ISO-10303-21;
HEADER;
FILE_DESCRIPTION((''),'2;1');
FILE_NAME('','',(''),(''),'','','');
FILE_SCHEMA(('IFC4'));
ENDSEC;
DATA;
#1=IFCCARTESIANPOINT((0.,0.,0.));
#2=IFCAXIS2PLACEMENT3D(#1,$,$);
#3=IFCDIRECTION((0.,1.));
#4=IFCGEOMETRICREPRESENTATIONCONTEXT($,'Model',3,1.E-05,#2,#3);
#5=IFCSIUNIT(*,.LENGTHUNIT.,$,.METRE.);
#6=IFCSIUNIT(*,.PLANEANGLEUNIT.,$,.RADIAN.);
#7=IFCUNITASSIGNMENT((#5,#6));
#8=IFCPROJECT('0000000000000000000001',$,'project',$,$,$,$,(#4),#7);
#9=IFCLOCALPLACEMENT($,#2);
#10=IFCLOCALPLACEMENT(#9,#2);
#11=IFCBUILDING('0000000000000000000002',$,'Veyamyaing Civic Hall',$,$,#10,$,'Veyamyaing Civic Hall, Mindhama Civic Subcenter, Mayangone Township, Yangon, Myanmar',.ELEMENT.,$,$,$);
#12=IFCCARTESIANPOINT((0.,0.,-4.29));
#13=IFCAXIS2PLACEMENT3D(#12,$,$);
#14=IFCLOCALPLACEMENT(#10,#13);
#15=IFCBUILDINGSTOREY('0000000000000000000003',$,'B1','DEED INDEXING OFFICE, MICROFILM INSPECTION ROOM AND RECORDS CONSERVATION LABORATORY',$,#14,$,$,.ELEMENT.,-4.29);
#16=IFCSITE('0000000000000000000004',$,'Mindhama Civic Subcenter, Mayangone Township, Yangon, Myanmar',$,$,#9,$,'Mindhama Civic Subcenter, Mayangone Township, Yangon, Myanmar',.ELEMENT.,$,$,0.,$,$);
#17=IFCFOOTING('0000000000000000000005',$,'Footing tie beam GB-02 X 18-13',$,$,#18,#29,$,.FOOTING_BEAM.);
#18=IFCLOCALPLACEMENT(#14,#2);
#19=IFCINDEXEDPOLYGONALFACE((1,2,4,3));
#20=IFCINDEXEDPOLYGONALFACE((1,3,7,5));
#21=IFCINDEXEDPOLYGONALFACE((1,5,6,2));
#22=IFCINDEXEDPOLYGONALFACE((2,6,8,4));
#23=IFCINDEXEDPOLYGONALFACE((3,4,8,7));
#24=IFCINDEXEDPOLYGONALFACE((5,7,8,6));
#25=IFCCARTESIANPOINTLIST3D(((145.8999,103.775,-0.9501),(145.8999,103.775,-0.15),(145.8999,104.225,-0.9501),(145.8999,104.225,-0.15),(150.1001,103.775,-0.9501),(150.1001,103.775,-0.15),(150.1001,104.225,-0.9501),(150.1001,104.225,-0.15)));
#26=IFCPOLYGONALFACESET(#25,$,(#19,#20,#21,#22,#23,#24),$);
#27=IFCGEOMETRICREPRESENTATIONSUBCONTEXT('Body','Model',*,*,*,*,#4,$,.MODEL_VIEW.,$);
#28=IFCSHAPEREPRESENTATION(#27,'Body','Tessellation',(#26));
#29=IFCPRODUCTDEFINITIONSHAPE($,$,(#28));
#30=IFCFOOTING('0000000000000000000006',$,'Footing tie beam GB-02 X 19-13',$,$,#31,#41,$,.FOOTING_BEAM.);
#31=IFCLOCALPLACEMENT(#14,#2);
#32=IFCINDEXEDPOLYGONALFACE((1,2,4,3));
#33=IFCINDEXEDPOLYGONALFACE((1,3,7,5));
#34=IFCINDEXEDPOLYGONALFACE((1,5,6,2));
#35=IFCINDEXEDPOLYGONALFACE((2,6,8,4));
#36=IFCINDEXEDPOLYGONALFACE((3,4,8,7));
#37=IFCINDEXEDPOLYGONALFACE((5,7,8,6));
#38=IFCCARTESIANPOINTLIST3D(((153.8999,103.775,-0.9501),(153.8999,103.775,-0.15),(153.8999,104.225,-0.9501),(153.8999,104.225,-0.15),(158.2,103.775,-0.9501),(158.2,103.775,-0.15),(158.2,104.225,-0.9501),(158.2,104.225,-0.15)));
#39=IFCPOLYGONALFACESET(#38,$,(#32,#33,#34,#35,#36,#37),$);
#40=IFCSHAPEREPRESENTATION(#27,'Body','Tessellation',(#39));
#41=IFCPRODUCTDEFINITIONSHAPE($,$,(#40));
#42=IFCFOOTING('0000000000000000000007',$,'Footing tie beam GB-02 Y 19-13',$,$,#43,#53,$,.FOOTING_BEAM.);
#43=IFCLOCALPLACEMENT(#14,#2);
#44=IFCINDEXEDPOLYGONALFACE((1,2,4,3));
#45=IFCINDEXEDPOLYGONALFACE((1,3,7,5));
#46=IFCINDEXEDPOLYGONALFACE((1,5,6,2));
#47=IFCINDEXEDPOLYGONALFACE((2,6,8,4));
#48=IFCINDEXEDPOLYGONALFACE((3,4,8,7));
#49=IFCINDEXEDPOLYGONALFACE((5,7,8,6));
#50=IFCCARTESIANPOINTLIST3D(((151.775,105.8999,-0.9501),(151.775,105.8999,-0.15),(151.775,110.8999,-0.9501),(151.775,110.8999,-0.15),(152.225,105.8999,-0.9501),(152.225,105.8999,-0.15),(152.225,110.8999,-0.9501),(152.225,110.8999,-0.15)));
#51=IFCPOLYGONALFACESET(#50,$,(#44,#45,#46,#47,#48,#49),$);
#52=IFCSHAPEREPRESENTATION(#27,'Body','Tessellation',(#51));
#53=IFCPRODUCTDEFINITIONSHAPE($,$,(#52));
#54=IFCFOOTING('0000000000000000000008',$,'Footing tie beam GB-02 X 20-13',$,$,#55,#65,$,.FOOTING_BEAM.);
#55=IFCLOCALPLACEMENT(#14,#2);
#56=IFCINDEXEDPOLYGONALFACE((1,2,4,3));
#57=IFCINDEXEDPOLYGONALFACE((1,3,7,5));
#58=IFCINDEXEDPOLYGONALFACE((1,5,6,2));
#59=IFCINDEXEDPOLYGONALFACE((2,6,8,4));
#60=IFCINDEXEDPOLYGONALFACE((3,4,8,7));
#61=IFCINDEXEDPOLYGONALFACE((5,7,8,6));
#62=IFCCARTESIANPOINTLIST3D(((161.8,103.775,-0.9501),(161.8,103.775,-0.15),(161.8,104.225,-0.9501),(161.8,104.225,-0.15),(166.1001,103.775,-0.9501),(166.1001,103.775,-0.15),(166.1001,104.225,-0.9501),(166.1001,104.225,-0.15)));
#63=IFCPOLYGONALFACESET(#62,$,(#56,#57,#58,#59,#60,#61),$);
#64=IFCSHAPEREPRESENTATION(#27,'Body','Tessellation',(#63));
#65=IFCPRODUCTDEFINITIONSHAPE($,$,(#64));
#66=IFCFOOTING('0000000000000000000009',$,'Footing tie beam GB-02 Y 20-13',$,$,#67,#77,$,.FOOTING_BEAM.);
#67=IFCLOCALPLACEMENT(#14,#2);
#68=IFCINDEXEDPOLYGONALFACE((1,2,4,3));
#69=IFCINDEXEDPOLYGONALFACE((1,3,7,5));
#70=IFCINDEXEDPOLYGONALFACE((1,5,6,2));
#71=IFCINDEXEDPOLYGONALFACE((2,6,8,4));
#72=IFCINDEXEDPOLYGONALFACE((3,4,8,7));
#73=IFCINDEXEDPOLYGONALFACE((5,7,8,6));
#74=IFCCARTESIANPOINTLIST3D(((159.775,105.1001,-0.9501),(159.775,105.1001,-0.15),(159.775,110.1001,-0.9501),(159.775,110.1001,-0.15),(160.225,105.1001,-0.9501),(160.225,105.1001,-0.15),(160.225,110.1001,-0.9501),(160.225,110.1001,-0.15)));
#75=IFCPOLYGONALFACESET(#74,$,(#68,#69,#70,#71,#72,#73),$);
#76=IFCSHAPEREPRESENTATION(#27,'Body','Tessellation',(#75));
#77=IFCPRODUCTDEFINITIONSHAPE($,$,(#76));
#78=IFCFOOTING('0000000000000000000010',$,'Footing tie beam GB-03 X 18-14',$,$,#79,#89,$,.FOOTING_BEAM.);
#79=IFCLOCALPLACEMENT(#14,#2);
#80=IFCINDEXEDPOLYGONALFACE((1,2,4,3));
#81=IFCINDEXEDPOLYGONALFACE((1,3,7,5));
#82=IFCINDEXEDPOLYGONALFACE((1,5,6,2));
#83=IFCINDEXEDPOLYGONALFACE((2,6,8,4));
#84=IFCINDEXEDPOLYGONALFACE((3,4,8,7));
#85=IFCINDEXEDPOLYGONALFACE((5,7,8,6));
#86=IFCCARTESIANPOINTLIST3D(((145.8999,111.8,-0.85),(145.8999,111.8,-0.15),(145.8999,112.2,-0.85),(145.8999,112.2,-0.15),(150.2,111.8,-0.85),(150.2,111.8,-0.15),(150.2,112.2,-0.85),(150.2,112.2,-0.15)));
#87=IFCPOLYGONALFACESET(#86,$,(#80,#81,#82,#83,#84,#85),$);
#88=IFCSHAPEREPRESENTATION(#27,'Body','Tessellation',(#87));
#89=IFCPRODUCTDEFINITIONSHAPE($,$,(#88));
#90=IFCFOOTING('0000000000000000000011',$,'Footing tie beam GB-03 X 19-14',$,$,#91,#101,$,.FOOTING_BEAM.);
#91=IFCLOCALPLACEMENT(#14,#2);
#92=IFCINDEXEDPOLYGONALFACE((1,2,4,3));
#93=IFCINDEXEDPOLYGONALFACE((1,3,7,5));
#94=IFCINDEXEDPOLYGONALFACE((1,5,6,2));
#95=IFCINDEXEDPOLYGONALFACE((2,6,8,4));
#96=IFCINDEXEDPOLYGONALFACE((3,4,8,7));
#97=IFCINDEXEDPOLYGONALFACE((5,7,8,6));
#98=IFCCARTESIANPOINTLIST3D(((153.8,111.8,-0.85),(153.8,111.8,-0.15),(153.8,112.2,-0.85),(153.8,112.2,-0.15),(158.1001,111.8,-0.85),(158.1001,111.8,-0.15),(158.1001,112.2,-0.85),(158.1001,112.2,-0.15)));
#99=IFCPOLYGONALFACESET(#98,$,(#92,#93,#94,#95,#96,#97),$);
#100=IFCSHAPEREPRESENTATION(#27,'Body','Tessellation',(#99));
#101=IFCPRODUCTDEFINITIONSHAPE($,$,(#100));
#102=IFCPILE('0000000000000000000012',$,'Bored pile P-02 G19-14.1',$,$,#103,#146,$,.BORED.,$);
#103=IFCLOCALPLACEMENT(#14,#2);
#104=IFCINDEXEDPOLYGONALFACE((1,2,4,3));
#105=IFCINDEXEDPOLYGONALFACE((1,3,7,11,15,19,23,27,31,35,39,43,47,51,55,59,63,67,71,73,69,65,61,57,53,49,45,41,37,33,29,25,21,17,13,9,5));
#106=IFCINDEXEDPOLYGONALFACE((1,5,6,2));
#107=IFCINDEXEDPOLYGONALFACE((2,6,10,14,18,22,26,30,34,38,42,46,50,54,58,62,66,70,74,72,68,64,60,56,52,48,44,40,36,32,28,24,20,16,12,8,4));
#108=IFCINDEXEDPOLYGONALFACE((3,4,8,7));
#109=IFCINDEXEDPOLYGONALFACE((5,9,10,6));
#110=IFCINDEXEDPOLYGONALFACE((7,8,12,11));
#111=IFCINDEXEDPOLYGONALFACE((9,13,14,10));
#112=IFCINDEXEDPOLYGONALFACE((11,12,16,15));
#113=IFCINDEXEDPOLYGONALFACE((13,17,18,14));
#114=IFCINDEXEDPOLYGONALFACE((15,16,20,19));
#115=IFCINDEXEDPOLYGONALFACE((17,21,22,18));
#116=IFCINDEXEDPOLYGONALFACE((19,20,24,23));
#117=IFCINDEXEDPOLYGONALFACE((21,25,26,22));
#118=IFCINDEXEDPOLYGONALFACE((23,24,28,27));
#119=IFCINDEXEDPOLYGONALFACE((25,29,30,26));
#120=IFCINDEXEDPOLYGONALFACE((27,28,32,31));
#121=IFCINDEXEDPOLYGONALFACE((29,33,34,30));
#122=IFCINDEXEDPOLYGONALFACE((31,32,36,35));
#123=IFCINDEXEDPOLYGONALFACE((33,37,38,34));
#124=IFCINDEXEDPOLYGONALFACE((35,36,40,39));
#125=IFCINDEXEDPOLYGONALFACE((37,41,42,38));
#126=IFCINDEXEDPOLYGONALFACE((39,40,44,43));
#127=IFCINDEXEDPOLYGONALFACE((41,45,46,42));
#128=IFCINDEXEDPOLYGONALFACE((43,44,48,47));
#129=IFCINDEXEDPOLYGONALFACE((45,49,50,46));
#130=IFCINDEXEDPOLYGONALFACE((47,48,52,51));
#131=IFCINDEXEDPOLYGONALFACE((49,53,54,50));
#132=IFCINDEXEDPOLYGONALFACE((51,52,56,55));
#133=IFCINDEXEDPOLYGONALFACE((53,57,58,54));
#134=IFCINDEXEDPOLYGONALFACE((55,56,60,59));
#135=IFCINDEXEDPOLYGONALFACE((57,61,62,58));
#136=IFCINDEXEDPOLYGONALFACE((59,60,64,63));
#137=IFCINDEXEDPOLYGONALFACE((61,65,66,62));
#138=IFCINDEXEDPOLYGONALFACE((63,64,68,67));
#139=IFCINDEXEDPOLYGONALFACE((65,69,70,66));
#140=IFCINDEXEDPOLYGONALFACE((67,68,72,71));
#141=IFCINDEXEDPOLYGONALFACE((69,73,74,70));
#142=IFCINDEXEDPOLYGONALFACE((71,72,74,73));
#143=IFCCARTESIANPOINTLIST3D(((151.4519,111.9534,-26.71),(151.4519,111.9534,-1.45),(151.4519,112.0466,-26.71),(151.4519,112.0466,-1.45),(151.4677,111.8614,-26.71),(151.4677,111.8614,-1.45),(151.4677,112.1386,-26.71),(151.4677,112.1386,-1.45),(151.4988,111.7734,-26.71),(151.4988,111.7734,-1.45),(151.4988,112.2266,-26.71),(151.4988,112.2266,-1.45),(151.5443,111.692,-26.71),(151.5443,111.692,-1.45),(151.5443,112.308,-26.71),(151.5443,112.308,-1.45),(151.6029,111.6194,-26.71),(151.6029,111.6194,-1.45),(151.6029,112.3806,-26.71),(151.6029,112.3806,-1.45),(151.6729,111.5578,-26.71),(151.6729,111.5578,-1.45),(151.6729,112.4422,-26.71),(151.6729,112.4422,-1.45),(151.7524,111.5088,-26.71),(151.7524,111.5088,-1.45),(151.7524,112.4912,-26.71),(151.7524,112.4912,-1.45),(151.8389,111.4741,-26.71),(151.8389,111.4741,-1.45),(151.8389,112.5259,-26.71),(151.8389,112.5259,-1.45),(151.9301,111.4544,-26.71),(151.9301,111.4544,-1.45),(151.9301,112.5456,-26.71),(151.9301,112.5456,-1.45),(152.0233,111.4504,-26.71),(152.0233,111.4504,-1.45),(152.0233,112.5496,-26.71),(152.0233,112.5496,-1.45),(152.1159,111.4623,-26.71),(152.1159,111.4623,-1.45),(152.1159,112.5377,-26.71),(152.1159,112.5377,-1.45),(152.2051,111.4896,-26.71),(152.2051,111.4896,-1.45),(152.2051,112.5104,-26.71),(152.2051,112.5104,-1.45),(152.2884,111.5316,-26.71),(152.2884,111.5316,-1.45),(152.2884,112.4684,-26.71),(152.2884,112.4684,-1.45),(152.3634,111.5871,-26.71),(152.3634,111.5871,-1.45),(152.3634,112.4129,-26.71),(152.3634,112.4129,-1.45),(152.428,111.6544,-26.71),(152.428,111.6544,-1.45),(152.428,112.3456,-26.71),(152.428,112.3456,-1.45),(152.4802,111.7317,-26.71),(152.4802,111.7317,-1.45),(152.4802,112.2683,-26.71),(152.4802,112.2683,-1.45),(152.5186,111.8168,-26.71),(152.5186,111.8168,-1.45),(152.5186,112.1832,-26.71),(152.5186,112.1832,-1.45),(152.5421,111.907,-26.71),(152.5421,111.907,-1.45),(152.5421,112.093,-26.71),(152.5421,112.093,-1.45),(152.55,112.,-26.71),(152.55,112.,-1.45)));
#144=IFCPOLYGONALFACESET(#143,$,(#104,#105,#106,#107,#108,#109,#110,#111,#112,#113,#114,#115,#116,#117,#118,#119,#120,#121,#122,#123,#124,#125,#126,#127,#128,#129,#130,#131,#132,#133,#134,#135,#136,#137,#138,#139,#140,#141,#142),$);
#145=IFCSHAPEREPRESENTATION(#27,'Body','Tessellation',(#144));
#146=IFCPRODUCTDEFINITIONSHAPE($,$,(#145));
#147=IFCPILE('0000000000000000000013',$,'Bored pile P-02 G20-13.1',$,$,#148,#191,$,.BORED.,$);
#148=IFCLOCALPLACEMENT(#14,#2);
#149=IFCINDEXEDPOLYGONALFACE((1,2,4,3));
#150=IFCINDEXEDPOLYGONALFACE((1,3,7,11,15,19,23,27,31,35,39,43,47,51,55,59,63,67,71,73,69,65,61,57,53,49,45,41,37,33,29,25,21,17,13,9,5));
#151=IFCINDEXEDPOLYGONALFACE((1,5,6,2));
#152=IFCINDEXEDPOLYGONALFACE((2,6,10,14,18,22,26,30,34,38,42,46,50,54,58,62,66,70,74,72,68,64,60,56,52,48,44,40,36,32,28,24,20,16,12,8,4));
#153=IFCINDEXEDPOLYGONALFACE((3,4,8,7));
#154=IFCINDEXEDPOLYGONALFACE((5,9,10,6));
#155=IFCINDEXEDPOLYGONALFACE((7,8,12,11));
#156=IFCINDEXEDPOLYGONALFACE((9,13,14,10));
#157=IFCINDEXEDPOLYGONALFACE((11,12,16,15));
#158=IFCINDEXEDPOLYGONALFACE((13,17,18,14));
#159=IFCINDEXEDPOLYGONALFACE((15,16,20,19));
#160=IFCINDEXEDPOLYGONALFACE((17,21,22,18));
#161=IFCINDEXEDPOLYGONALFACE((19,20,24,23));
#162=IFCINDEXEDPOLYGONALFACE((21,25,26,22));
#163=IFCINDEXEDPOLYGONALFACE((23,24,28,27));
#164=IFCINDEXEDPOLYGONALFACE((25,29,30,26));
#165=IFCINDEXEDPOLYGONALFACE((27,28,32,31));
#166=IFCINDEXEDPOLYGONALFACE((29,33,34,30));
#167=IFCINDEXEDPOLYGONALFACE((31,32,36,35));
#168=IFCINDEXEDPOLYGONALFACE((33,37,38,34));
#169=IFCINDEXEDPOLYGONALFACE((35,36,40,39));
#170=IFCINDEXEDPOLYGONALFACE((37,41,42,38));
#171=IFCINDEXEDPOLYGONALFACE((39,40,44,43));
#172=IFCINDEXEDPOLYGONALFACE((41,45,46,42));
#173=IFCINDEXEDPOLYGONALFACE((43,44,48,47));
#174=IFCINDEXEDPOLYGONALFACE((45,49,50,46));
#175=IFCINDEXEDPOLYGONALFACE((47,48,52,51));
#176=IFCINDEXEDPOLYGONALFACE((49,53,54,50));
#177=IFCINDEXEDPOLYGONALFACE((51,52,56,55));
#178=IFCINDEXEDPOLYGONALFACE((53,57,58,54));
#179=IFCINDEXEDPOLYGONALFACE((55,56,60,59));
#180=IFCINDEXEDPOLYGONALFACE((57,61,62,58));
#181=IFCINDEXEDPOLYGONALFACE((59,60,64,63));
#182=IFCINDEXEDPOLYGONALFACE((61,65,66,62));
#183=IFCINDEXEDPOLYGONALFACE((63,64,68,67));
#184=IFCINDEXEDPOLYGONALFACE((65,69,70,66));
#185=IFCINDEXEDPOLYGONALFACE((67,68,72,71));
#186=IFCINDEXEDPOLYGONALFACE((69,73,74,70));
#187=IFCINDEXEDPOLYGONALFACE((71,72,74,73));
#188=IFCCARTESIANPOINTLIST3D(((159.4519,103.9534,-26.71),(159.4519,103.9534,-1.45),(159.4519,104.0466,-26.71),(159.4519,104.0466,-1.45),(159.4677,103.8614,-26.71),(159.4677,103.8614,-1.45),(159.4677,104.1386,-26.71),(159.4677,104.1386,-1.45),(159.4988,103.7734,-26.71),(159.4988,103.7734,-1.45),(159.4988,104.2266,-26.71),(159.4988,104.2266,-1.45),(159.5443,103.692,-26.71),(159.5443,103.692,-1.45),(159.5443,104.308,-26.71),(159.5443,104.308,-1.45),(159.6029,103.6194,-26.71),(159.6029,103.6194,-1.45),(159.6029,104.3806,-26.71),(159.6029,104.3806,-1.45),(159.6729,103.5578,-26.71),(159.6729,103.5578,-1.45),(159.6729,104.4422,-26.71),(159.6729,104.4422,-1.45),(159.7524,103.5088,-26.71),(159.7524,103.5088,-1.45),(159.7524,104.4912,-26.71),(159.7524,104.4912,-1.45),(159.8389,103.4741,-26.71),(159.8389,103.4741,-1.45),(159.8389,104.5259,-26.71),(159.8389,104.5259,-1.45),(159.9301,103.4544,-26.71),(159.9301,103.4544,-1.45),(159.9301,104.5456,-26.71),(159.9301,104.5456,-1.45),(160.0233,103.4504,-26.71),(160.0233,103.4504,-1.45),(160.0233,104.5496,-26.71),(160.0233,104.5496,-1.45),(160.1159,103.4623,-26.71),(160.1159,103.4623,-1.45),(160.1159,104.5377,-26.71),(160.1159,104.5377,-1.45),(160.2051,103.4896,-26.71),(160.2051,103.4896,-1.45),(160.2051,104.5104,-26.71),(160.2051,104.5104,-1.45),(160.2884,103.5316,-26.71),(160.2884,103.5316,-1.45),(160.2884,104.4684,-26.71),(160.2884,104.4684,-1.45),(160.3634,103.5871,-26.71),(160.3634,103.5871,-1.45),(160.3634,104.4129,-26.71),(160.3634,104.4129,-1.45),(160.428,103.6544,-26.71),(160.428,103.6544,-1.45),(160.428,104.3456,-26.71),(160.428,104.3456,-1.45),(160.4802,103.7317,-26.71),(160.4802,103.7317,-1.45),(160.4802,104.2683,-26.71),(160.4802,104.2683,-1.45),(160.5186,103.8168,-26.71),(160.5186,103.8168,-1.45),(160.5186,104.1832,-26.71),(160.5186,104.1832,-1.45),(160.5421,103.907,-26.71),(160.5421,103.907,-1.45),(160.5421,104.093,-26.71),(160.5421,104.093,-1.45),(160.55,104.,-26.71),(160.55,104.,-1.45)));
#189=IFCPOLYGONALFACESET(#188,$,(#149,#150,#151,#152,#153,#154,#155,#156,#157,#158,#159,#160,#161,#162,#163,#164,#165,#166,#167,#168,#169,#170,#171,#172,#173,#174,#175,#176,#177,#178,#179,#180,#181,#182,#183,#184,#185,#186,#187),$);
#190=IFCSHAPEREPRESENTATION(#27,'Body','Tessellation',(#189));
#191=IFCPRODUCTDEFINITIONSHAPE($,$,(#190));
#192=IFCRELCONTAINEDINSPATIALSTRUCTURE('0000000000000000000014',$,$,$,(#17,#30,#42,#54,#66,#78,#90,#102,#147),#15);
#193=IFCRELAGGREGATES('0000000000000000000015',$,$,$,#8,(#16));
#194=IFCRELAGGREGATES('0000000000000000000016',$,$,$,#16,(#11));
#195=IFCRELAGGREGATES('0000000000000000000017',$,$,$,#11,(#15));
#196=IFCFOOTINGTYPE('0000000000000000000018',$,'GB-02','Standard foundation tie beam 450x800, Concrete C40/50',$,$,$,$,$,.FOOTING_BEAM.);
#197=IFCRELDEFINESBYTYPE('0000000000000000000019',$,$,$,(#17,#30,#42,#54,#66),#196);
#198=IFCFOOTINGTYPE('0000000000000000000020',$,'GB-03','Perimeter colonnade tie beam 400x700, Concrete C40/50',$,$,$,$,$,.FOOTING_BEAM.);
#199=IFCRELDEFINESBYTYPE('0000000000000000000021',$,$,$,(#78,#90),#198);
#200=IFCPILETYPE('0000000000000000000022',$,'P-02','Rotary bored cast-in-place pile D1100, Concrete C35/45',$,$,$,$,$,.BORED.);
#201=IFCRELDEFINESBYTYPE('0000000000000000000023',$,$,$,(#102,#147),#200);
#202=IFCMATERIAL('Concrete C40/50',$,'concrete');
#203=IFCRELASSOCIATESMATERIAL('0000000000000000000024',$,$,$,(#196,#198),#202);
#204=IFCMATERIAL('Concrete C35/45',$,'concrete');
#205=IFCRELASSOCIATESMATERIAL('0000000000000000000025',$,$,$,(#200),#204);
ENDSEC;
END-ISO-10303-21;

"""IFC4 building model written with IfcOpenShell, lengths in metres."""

from ifc_helpers import new_model, si_unit, direction, frame, origin, origin_2d, place, context, subcontext, project, spatial, rectangle, circle, extrude, material, material_profile, profile_set, type_object, element, save


model = new_model("IFC4")

# Units and contexts
model_context = context("Model", 3, precision=1e-05, world=origin(), true_north=direction((0.0, 1.0)))
body_context = subcontext(model_context, "Body", "Model", "MODEL_VIEW")
ifc_project = project(units=[si_unit("LENGTHUNIT", "METRE"), si_unit("PLANEANGLEUNIT", "RADIAN")], contexts=[model_context])

# Site, building, storey
site_placement = place(None, origin())
site = spatial("IfcSite", under=ifc_project, at=site_placement, Name="Mindhama Civic Subcenter, Mayangone Township, Yangon, Myanmar", LongName="Mindhama Civic Subcenter, Mayangone Township, Yangon, Myanmar", CompositionType="ELEMENT", RefElevation=0.0)
building_placement = place(site_placement, origin())
building = spatial("IfcBuilding", under=site, at=building_placement, Name="Veyamyaing Civic Hall", LongName="Veyamyaing Civic Hall, Mindhama Civic Subcenter, Mayangone Township, Yangon, Myanmar", CompositionType="ELEMENT")
storey_placement = place(building_placement, frame((0.0, 0.0, -4.29)))
storey = spatial("IfcBuildingStorey", under=building, at=storey_placement, Name="B1", Description="DEED INDEXING OFFICE, MICROFILM INSPECTION ROOM AND RECORDS CONSERVATION LABORATORY", CompositionType="ELEMENT", Elevation=-4.29)

# Footings
ifc_material_1 = material(Name="Concrete C40/50", Category="concrete")
ifc_material_profile_1 = material_profile(ifc_material_1, rectangle(XDim=0.45, YDim=0.8, at=origin_2d()), Name="GB-450X800")
ifc_profile_set_1 = profile_set([ifc_material_profile_1], Name="Concrete C40/50")
footing_type_1 = type_object("IfcFootingType", Name="GB-02", Description="Standard foundation tie beam 450x800, Concrete C40/50", PredefinedType="FOOTING_BEAM", material=ifc_profile_set_1)
footing_1_placement = place(storey_placement, frame((145.8999, 104.0, -0.55), z_axis=(1.0, 0.0, 0.0), x_axis=(0.0, 1.0, 0.0)))
element("IfcFooting", 1, at=footing_1_placement, inside=storey, type_object=footing_type_1, Name="Footing tie beam GB-02 X 18-13", PredefinedType="FOOTING_BEAM", context=body_context, shape_type="SweptSolid", body=[
    extrude(rectangle(XDim=0.45, YDim=0.8, at=origin_2d()), origin(), (0.0, 0.0, 1.0), 4.2002),
])
footing_2_placement = place(storey_placement, frame((153.8999, 104.0, -0.55), z_axis=(1.0, 0.0, 0.0), x_axis=(0.0, 1.0, 0.0)))
element("IfcFooting", 2, at=footing_2_placement, inside=storey, type_object=footing_type_1, Name="Footing tie beam GB-02 X 19-13", PredefinedType="FOOTING_BEAM", context=body_context, shape_type="SweptSolid", body=[
    extrude(rectangle(XDim=0.45, YDim=0.8, at=origin_2d()), origin(), (0.0, 0.0, 1.0), 4.3),
])
footing_3_placement = place(storey_placement, frame((152.0, 105.8999, -0.55), z_axis=(0.0, 1.0, 0.0), x_axis=(-1.0, 0.0, 0.0)))
element("IfcFooting", 3, at=footing_3_placement, inside=storey, type_object=footing_type_1, Name="Footing tie beam GB-02 Y 19-13", PredefinedType="FOOTING_BEAM", context=body_context, shape_type="SweptSolid", body=[
    extrude(rectangle(XDim=0.45, YDim=0.8, at=origin_2d()), origin(), (0.0, 0.0, 1.0), 5.0),
])
footing_4_placement = place(storey_placement, frame((161.8, 104.0, -0.55), z_axis=(1.0, 0.0, 0.0), x_axis=(0.0, 1.0, 0.0)))
element("IfcFooting", 4, at=footing_4_placement, inside=storey, type_object=footing_type_1, Name="Footing tie beam GB-02 X 20-13", PredefinedType="FOOTING_BEAM", context=body_context, shape_type="SweptSolid", body=[
    extrude(rectangle(XDim=0.45, YDim=0.8, at=origin_2d()), origin(), (0.0, 0.0, 1.0), 4.3),
])
footing_5_placement = place(storey_placement, frame((160.0, 105.1001, -0.55), z_axis=(0.0, 1.0, 0.0), x_axis=(-1.0, 0.0, 0.0)))
element("IfcFooting", 5, at=footing_5_placement, inside=storey, type_object=footing_type_1, Name="Footing tie beam GB-02 Y 20-13", PredefinedType="FOOTING_BEAM", context=body_context, shape_type="SweptSolid", body=[
    extrude(rectangle(XDim=0.45, YDim=0.8, at=origin_2d()), origin(), (0.0, 0.0, 1.0), 5.0),
])
ifc_material_profile_2 = material_profile(ifc_material_1, rectangle(XDim=0.3999, YDim=0.7, at=origin_2d()), Name="GB-400X700")
ifc_profile_set_2 = profile_set([ifc_material_profile_2], Name="Concrete C40/50")
footing_type_2 = type_object("IfcFootingType", Name="GB-03", Description="Perimeter colonnade tie beam 400x700, Concrete C40/50", PredefinedType="FOOTING_BEAM", material=ifc_profile_set_2)
for number, where, z_axis, x_axis, name in (
    (6, (145.8999, 112.0, -0.5), (1.0, 0.0, 0.0), (0.0, 1.0, 0.0), "Footing tie beam GB-03 X 18-14"),
    (7, (153.8, 112.0, -0.5), (1.0, 0.0, 0.0), (0.0, 1.0, 0.0), "Footing tie beam GB-03 X 19-14"),
):
    element("IfcFooting", number, at=place(storey_placement, frame(where, z_axis=z_axis, x_axis=x_axis)), inside=storey, type_object=footing_type_2, Name=name, PredefinedType="FOOTING_BEAM", context=body_context, shape_type="SweptSolid", body=[
        extrude(rectangle(XDim=0.3999, YDim=0.7, at=origin_2d()), origin(), (0.0, 0.0, 1.0), 4.3),
    ])

# Piles
ifc_material_2 = material(Name="Concrete C35/45", Category="concrete")
ifc_material_profile_3 = material_profile(ifc_material_2, circle(Radius=0.55, at=origin_2d()), Name="PILE-D1100")
ifc_profile_set_3 = profile_set([ifc_material_profile_3], Name="Concrete C35/45")
pile_type_1 = type_object("IfcPileType", Name="P-02", Description="Rotary bored cast-in-place pile D1100, Concrete C35/45", PredefinedType="BORED", material=ifc_profile_set_3)
for number, where, z_axis, x_axis, name in (
    (8, (152.0, 112.0, -1.45), (0.0, 0.0, -1.0), (1.0, 0.0, 0.0), "Bored pile P-02 G19-14.1"),
    (9, (160.0, 104.0, -1.45), (0.0, 0.0, -1.0), (1.0, 0.0, 0.0), "Bored pile P-02 G20-13.1"),
):
    element("IfcPile", number, at=place(storey_placement, frame(where, z_axis=z_axis, x_axis=x_axis)), inside=storey, type_object=pile_type_1, Name=name, PredefinedType="BORED", context=body_context, shape_type="SweptSolid", body=[
        extrude(circle(Radius=0.55, at=origin_2d()), origin(), (0.0, 0.0, 1.0), 25.26),
    ])

save(model, "model.ifc")
